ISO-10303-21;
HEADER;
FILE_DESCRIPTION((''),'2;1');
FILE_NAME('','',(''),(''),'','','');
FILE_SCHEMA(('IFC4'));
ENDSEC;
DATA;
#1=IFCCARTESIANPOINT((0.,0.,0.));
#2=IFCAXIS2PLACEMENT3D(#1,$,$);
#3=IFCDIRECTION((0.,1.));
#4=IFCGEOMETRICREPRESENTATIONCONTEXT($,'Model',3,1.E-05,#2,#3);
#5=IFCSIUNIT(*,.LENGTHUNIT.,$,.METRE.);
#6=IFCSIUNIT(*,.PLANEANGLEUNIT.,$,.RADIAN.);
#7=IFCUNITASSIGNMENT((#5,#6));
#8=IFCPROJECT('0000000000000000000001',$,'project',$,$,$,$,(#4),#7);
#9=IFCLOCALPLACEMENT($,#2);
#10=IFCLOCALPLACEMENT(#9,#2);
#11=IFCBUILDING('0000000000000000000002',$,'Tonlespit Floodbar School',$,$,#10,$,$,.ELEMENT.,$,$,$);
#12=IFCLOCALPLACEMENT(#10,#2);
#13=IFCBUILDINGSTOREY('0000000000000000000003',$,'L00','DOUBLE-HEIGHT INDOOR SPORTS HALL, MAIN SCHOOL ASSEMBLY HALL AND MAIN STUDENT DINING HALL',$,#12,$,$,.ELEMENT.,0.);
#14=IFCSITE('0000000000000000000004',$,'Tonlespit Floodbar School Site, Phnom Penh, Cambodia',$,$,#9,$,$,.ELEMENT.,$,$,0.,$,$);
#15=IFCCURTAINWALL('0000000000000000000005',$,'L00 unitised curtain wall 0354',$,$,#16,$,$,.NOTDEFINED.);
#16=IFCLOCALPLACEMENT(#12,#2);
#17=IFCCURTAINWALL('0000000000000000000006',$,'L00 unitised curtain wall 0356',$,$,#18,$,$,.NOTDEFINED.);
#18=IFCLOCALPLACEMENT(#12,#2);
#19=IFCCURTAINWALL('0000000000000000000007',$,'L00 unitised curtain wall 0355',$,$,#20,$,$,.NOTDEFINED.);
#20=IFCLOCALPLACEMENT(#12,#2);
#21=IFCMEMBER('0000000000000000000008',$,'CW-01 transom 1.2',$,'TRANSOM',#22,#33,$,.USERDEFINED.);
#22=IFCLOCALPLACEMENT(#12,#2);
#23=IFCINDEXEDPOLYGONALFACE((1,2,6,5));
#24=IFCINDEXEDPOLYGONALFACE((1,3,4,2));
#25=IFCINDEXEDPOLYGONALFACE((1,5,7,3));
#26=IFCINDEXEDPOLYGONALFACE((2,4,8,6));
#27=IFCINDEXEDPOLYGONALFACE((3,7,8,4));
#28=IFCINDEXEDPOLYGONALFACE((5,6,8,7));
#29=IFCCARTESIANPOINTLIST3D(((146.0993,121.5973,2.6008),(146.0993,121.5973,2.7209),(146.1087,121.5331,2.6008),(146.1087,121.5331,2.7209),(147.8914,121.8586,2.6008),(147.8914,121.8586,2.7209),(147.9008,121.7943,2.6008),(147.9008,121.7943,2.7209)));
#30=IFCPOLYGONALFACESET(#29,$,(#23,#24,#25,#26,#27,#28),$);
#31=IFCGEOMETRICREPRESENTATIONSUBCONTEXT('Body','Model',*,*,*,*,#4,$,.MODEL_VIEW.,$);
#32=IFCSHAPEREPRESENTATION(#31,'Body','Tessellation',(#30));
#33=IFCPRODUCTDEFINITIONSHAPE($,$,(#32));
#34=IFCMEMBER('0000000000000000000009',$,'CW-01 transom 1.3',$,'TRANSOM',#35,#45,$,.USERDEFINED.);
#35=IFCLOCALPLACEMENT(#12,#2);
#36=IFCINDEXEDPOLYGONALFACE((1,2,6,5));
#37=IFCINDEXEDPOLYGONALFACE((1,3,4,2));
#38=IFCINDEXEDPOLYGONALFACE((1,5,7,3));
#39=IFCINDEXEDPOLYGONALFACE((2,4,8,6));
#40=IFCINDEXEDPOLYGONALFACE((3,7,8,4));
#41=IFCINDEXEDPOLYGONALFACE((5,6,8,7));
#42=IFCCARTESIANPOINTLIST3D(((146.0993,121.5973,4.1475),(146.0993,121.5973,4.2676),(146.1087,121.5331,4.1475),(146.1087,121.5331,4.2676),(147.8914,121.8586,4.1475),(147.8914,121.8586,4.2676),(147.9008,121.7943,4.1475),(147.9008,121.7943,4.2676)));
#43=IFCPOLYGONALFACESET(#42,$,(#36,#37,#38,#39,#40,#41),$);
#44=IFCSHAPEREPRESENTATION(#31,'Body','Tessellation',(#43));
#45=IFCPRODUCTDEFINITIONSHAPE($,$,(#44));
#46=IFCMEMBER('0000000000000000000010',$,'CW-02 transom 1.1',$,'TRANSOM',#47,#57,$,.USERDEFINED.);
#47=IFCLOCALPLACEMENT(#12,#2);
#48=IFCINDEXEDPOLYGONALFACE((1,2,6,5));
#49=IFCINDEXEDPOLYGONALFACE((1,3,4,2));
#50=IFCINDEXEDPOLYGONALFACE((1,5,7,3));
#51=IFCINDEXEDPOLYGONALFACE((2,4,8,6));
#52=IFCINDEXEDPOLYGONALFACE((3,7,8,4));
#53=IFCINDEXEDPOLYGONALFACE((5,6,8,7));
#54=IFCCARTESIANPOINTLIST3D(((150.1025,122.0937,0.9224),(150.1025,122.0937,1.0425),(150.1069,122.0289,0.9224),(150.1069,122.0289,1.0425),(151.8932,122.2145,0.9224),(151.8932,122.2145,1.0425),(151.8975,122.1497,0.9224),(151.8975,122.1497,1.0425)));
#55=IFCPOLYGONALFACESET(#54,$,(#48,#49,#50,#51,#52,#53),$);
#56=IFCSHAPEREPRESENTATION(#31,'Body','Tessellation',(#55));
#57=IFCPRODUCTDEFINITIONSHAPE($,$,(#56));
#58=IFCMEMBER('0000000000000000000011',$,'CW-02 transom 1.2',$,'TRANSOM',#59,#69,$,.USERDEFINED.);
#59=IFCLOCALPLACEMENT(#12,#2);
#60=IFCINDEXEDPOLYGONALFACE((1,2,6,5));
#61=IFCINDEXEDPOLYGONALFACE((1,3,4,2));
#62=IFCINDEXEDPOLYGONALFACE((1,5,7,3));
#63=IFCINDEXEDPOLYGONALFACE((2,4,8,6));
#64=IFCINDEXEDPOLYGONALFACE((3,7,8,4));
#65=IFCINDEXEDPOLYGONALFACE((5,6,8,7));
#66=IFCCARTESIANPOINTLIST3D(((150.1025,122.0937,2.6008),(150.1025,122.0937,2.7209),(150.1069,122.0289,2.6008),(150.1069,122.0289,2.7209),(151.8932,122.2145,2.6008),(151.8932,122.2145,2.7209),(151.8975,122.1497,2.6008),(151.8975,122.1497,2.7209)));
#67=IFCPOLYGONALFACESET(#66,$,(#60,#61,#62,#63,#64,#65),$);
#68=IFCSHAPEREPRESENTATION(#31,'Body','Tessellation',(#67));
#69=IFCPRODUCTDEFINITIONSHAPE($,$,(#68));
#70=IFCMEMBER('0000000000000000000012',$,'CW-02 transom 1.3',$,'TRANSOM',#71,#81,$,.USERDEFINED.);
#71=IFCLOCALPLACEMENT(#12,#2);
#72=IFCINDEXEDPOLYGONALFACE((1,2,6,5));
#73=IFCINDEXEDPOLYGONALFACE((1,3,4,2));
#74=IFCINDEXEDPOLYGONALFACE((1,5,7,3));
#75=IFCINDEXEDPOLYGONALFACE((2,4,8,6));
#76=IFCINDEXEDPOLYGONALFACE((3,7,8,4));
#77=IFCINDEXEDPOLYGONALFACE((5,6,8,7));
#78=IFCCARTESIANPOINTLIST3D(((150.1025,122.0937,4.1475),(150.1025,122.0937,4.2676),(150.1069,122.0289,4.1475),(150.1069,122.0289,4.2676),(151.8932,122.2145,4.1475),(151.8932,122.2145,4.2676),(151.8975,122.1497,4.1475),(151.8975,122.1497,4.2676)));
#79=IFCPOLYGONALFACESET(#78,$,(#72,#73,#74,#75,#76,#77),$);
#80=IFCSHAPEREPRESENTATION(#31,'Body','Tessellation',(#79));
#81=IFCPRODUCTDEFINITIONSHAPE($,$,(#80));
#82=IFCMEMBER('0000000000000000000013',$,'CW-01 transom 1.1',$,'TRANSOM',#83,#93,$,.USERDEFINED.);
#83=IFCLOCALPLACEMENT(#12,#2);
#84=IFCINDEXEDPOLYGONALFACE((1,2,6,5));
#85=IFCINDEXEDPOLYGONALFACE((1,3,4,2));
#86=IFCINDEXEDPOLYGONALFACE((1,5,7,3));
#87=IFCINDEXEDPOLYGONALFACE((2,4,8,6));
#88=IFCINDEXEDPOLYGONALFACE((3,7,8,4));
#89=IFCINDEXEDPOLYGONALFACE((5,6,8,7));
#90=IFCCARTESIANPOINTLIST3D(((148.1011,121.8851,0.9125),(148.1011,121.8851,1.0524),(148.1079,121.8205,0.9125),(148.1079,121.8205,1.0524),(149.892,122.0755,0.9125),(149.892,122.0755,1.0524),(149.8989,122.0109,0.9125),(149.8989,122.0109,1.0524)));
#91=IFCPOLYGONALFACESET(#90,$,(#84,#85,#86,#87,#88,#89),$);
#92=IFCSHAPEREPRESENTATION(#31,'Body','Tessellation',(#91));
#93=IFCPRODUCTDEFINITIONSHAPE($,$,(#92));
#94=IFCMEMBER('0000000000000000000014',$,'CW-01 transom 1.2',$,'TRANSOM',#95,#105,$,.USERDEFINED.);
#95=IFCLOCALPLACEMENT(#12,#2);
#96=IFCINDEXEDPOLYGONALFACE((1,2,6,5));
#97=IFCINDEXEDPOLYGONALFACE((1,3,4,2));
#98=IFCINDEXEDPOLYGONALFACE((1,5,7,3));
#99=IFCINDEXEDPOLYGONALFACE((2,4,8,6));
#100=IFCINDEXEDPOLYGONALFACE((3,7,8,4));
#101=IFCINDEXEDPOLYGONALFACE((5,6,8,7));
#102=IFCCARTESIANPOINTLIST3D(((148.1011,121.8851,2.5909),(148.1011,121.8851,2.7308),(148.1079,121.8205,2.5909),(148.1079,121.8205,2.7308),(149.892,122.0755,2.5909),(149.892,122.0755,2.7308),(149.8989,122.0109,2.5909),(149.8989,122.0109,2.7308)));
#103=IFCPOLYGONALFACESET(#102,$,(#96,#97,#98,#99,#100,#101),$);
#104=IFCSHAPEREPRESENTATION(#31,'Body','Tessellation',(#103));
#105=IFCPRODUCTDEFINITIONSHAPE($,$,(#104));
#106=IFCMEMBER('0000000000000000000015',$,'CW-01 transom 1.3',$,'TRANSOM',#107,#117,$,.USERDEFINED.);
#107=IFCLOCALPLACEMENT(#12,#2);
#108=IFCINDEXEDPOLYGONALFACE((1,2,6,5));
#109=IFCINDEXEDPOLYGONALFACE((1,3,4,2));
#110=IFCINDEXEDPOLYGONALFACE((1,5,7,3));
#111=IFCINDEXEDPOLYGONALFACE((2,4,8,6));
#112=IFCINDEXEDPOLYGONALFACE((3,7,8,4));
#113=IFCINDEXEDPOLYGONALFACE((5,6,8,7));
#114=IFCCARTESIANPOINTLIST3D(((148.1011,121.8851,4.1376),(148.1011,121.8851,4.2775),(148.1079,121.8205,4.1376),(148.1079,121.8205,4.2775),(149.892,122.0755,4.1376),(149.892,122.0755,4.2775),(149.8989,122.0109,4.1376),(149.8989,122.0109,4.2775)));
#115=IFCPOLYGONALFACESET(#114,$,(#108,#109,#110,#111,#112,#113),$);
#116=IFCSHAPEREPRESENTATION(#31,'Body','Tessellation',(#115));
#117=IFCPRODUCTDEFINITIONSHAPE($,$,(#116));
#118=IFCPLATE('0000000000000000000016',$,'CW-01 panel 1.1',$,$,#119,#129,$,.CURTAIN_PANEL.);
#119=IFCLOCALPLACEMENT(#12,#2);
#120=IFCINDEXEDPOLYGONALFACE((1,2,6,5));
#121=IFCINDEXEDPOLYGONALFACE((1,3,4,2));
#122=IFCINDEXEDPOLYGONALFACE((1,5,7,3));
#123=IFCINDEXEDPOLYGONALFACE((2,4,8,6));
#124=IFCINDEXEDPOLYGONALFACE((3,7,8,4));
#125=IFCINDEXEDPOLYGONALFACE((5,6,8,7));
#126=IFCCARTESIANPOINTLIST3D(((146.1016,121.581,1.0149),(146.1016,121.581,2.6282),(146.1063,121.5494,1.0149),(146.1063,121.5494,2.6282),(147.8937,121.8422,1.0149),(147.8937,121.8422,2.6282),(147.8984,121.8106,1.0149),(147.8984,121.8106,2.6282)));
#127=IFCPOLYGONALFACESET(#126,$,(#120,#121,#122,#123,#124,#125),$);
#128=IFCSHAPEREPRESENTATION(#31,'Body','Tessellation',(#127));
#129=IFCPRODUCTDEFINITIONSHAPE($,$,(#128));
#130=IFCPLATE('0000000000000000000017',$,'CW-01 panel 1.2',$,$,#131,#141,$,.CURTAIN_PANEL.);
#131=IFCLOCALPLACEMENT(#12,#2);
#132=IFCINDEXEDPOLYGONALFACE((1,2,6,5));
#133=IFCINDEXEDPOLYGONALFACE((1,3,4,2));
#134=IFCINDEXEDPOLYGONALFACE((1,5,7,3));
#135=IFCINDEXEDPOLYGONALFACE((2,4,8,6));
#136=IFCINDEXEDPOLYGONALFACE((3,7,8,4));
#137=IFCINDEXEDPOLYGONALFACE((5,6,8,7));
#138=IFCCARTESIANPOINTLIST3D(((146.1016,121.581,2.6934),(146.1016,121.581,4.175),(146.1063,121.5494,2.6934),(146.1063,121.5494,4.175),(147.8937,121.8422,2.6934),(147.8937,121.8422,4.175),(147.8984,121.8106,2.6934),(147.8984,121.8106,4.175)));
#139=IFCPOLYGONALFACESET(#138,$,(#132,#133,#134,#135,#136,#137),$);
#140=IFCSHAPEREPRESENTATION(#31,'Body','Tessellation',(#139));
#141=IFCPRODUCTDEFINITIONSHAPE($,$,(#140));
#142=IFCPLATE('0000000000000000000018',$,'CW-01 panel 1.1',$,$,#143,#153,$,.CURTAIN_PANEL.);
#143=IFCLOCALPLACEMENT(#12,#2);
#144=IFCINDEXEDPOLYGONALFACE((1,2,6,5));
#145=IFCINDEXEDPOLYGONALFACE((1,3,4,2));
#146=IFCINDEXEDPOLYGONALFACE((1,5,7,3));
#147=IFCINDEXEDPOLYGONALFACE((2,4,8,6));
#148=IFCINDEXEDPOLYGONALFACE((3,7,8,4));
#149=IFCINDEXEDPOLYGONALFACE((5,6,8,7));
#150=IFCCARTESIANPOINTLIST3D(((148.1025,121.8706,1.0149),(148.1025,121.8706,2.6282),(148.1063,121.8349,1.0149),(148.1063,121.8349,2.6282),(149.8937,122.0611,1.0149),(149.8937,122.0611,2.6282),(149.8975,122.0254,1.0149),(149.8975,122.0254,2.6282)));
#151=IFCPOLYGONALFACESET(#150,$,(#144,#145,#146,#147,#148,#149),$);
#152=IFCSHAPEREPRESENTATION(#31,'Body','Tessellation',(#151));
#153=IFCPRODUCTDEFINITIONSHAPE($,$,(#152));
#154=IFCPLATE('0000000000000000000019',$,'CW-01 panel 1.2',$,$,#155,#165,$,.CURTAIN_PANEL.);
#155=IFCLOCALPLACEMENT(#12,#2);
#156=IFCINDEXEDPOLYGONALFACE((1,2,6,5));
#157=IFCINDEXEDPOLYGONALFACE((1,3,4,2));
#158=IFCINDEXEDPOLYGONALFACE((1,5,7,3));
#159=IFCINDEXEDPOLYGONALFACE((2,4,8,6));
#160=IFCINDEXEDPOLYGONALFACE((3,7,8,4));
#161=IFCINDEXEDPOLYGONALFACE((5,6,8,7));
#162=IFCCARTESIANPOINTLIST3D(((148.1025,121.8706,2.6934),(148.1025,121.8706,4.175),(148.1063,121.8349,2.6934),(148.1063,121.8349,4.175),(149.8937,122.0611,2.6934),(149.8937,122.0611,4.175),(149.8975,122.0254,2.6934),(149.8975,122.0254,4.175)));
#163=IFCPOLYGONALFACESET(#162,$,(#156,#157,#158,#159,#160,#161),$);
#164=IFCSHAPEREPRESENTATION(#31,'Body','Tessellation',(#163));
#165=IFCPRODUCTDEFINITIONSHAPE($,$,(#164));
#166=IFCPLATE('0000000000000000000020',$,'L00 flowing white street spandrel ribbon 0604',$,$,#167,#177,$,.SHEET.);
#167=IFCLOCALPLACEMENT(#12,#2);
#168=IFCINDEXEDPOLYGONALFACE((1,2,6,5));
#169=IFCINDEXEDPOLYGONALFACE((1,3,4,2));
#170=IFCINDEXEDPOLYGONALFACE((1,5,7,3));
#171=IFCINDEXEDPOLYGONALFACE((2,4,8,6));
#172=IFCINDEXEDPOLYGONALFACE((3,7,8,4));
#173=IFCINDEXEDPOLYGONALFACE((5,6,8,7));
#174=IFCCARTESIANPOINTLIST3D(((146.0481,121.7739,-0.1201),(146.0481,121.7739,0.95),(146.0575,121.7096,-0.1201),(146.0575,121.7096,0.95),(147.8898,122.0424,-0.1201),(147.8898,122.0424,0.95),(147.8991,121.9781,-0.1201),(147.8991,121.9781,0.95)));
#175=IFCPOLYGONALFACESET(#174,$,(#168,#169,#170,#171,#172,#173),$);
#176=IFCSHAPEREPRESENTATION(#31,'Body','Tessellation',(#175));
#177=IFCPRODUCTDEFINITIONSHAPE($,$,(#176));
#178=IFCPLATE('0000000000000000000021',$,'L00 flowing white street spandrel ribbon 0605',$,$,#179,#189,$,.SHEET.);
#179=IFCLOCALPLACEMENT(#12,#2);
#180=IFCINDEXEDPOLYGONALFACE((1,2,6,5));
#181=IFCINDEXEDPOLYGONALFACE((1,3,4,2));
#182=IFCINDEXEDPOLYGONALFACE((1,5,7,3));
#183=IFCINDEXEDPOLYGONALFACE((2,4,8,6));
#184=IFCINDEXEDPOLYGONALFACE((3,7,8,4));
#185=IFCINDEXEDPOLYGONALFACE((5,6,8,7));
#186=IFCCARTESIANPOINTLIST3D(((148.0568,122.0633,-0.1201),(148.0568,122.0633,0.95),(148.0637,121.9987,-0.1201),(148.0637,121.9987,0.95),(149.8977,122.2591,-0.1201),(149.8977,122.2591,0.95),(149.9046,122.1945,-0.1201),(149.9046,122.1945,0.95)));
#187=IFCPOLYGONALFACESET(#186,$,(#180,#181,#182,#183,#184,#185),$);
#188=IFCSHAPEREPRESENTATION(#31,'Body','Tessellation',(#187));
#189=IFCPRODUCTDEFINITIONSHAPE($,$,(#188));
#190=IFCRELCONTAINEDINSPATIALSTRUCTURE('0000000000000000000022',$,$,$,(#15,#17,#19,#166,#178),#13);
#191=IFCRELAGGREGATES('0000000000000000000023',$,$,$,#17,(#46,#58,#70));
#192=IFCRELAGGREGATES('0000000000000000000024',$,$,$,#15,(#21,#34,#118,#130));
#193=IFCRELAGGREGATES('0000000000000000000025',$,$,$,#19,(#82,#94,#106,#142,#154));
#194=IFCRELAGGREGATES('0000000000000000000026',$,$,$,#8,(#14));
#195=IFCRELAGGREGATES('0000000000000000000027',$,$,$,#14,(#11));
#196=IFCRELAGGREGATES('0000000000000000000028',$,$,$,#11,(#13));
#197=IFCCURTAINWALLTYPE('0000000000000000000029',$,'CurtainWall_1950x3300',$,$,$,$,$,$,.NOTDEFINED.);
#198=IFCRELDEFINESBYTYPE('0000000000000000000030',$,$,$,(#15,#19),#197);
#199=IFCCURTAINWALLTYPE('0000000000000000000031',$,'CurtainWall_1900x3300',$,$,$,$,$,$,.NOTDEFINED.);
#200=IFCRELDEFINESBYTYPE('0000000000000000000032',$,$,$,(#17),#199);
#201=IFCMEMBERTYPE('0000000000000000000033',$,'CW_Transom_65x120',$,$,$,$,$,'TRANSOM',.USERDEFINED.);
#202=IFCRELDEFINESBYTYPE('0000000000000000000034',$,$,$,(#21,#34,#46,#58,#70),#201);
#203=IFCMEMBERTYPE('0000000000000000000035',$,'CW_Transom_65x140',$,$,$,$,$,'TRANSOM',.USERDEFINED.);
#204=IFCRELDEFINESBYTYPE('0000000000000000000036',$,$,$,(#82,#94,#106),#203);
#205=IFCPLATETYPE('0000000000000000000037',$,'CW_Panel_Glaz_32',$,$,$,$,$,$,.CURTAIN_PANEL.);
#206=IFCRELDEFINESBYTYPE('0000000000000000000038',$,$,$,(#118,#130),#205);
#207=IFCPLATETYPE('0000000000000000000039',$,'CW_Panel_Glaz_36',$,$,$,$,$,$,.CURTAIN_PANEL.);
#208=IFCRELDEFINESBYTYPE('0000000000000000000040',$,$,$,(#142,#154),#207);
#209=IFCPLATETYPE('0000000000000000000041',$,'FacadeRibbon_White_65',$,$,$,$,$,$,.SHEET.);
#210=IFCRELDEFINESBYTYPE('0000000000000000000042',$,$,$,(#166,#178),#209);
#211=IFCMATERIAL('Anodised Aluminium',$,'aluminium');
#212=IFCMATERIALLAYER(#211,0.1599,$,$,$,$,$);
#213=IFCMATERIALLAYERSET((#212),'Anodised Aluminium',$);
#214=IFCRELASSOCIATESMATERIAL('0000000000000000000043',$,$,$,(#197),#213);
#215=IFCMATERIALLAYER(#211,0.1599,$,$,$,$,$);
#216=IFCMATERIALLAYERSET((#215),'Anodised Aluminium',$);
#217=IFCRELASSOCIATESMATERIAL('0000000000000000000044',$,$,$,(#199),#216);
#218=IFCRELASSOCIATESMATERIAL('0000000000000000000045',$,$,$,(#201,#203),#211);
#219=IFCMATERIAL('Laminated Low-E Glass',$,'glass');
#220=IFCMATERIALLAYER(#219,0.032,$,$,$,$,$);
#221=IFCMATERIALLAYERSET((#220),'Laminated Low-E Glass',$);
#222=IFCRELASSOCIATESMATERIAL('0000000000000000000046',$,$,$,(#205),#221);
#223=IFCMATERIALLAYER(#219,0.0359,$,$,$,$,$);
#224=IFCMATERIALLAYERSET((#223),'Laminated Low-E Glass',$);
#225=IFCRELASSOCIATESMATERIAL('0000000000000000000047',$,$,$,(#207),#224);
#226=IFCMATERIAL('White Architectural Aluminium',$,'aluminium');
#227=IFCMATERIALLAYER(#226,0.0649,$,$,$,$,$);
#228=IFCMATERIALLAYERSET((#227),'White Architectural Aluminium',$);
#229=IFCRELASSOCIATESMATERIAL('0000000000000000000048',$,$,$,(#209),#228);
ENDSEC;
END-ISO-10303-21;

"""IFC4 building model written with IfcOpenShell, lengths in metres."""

from ifc_helpers import new_model, si_unit, direction, frame, origin, origin_2d, place, context, subcontext, project, spatial, rectangle, extrude, material, layer, layer_set, material_profile, profile_set, type_object, element, aggregate, save


model = new_model("IFC4")

# Units and contexts
model_context = context("Model", 3, precision=1e-05, world=origin(), true_north=direction((0.0, 1.0)))
body_context = subcontext(model_context, "Body", "Model", "MODEL_VIEW")
ifc_project = project(units=[si_unit("LENGTHUNIT", "METRE"), si_unit("PLANEANGLEUNIT", "RADIAN")], contexts=[model_context])

# Site, building, storey
site_placement = place(None, origin())
site = spatial("IfcSite", under=ifc_project, at=site_placement, Name="Tonlespit Floodbar School Site, Phnom Penh, Cambodia", CompositionType="ELEMENT", RefElevation=0.0)
building_placement = place(site_placement, origin())
building = spatial("IfcBuilding", under=site, at=building_placement, Name="Tonlespit Floodbar School", CompositionType="ELEMENT")
storey_placement = place(building_placement, origin())
storey = spatial("IfcBuildingStorey", under=building, at=storey_placement, Name="L00", Description="DOUBLE-HEIGHT INDOOR SPORTS HALL, MAIN SCHOOL ASSEMBLY HALL AND MAIN STUDENT DINING HALL", CompositionType="ELEMENT", Elevation=0.0)

# Curtain wall
ifc_material_1 = material(Name="Anodised Aluminium", Category="aluminium")
ifc_layer_1 = layer(ifc_material_1, 0.1599)
ifc_layer_set_1 = layer_set([ifc_layer_1], Name="Anodised Aluminium")
curtain_wall_type_1 = type_object("IfcCurtainWallType", Name="CurtainWall_1950x3300", PredefinedType="NOTDEFINED", material=ifc_layer_set_1)
curtain_wall_1_placement = place(storey_placement, origin())
curtain_wall_1 = element("IfcCurtainWall", 1, at=curtain_wall_1_placement, inside=storey, type_object=curtain_wall_type_1, Name="L00 unitised curtain wall 0354", PredefinedType="NOTDEFINED")

# Curtain wall
ifc_layer_2 = layer(ifc_material_1, 0.1599)
ifc_layer_set_2 = layer_set([ifc_layer_2], Name="Anodised Aluminium")
curtain_wall_type_2 = type_object("IfcCurtainWallType", Name="CurtainWall_1900x3300", PredefinedType="NOTDEFINED", material=ifc_layer_set_2)
curtain_wall_2_placement = place(storey_placement, origin())
curtain_wall_2 = element("IfcCurtainWall", 2, at=curtain_wall_2_placement, inside=storey, type_object=curtain_wall_type_2, Name="L00 unitised curtain wall 0356", PredefinedType="NOTDEFINED")

# Curtain wall
curtain_wall_3_placement = place(storey_placement, origin())
curtain_wall_3 = element("IfcCurtainWall", 3, at=curtain_wall_3_placement, inside=storey, type_object=curtain_wall_type_1, Name="L00 unitised curtain wall 0355", PredefinedType="NOTDEFINED")

# Members
ifc_material_profile_1 = material_profile(ifc_material_1, rectangle(XDim=0.0649, YDim=0.1201, at=origin_2d()), Name="ALU T65x120")
ifc_profile_set_1 = profile_set([ifc_material_profile_1], Name="Anodised Aluminium")
member_type_1 = type_object("IfcMemberType", Name="CW_Transom_65x120", ElementType="TRANSOM", PredefinedType="USERDEFINED", material=ifc_profile_set_1)
member_1_placement = place(storey_placement, frame((146.104, 121.5652, 2.6609), z_axis=(0.989541, 0.144252, 0.0), x_axis=(-0.144252, 0.989541, 0.0)))
member_1 = element("IfcMember", 4, at=member_1_placement, type_object=member_type_1, Name="CW-01 transom 1.2", ObjectType="TRANSOM", PredefinedType="USERDEFINED", context=body_context, shape_type="SweptSolid", body=[
    extrude(rectangle(XDim=0.0649, YDim=0.1201, at=origin_2d()), origin(), (0.0, 0.0, 1.0), 1.811),
])
member_2_placement = place(storey_placement, frame((146.104, 121.5652, 4.2075), z_axis=(0.989541, 0.144252, 0.0), x_axis=(-0.144252, 0.989541, 0.0)))
member_2 = element("IfcMember", 5, at=member_2_placement, type_object=member_type_1, Name="CW-01 transom 1.3", ObjectType="TRANSOM", PredefinedType="USERDEFINED", context=body_context, shape_type="SweptSolid", body=[
    extrude(rectangle(XDim=0.0649, YDim=0.1201, at=origin_2d()), origin(), (0.0, 0.0, 1.0), 1.811),
])
member_3_placement = place(storey_placement, frame((150.1047, 122.0613, 0.9824), z_axis=(0.99773, 0.067341, 0.0), x_axis=(-0.067341, 0.99773, 0.0)))
member_3 = element("IfcMember", 6, at=member_3_placement, type_object=member_type_1, Name="CW-02 transom 1.1", ObjectType="TRANSOM", PredefinedType="USERDEFINED", context=body_context, shape_type="SweptSolid", body=[
    extrude(rectangle(XDim=0.0649, YDim=0.1201, at=origin_2d()), origin(), (0.0, 0.0, 1.0), 1.7947),
])
member_4_placement = place(storey_placement, frame((150.1047, 122.0613, 2.6609), z_axis=(0.99773, 0.067341, 0.0), x_axis=(-0.067341, 0.99773, 0.0)))
member_4 = element("IfcMember", 7, at=member_4_placement, type_object=member_type_1, Name="CW-02 transom 1.2", ObjectType="TRANSOM", PredefinedType="USERDEFINED", context=body_context, shape_type="SweptSolid", body=[
    extrude(rectangle(XDim=0.0649, YDim=0.1201, at=origin_2d()), origin(), (0.0, 0.0, 1.0), 1.7947),
])
member_5_placement = place(storey_placement, frame((150.1047, 122.0613, 4.2075), z_axis=(0.99773, 0.067341, 0.0), x_axis=(-0.067341, 0.99773, 0.0)))
member_5 = element("IfcMember", 8, at=member_5_placement, type_object=member_type_1, Name="CW-02 transom 1.3", ObjectType="TRANSOM", PredefinedType="USERDEFINED", context=body_context, shape_type="SweptSolid", body=[
    extrude(rectangle(XDim=0.0649, YDim=0.1201, at=origin_2d()), origin(), (0.0, 0.0, 1.0), 1.7947),
])
aggregate(curtain_wall_2, [member_3, member_4, member_5])
ifc_material_profile_2 = material_profile(ifc_material_1, rectangle(XDim=0.0649, YDim=0.1399, at=origin_2d()), Name="ALU T65x140")
ifc_profile_set_2 = profile_set([ifc_material_profile_2], Name="Anodised Aluminium")
member_type_2 = type_object("IfcMemberType", Name="CW_Transom_65x140", ElementType="TRANSOM", PredefinedType="USERDEFINED", material=ifc_profile_set_2)
member_6_placement = place(storey_placement, frame((148.1045, 121.8528, 0.9824), z_axis=(0.994395, 0.105729, 0.0), x_axis=(-0.105729, 0.994395, 0.0)))
member_6 = element("IfcMember", 9, at=member_6_placement, type_object=member_type_2, Name="CW-01 transom 1.1", ObjectType="TRANSOM", PredefinedType="USERDEFINED", context=body_context, shape_type="SweptSolid", body=[
    extrude(rectangle(XDim=0.0649, YDim=0.1399, at=origin_2d()), origin(), (0.0, 0.0, 1.0), 1.801),
])
member_7_placement = place(storey_placement, frame((148.1045, 121.8528, 2.6609), z_axis=(0.994395, 0.105729, 0.0), x_axis=(-0.105729, 0.994395, 0.0)))
member_7 = element("IfcMember", 10, at=member_7_placement, type_object=member_type_2, Name="CW-01 transom 1.2", ObjectType="TRANSOM", PredefinedType="USERDEFINED", context=body_context, shape_type="SweptSolid", body=[
    extrude(rectangle(XDim=0.0649, YDim=0.1399, at=origin_2d()), origin(), (0.0, 0.0, 1.0), 1.801),
])
member_8_placement = place(storey_placement, frame((148.1045, 121.8528, 4.2075), z_axis=(0.994395, 0.105729, 0.0), x_axis=(-0.105729, 0.994395, 0.0)))
member_8 = element("IfcMember", 11, at=member_8_placement, type_object=member_type_2, Name="CW-01 transom 1.3", ObjectType="TRANSOM", PredefinedType="USERDEFINED", context=body_context, shape_type="SweptSolid", body=[
    extrude(rectangle(XDim=0.0649, YDim=0.1399, at=origin_2d()), origin(), (0.0, 0.0, 1.0), 1.801),
])

# Plates
ifc_material_2 = material(Name="Laminated Low-E Glass", Category="glass")
ifc_layer_3 = layer(ifc_material_2, 0.032)
ifc_layer_set_3 = layer_set([ifc_layer_3], Name="Laminated Low-E Glass")
plate_type_1 = type_object("IfcPlateType", Name="CW_Panel_Glaz_32", PredefinedType="CURTAIN_PANEL", material=ifc_layer_set_3)
plate_1_placement = place(storey_placement, frame((147.0, 121.6958, 1.0149), z_axis=(0.0, 0.0, 1.0), x_axis=(0.989542, 0.144248, 0.0)))
plate_1 = element("IfcPlate", 12, at=plate_1_placement, type_object=plate_type_1, Name="CW-01 panel 1.1", PredefinedType="CURTAIN_PANEL", context=body_context, shape_type="SweptSolid", body=[
    extrude(rectangle(XDim=1.811, YDim=0.032, at=origin_2d()), origin(), (0.0, 0.0, 1.0), 1.6133),
])
plate_2_placement = place(storey_placement, frame((147.0, 121.6958, 2.6934), z_axis=(0.0, 0.0, 1.0), x_axis=(0.989542, 0.144248, 0.0)))
plate_2 = element("IfcPlate", 13, at=plate_2_placement, type_object=plate_type_1, Name="CW-01 panel 1.2", PredefinedType="CURTAIN_PANEL", context=body_context, shape_type="SweptSolid", body=[
    extrude(rectangle(XDim=1.811, YDim=0.032, at=origin_2d()), origin(), (0.0, 0.0, 1.0), 1.4817),
])
aggregate(curtain_wall_1, [member_1, member_2, plate_1, plate_2])
ifc_layer_4 = layer(ifc_material_2, 0.0359)
ifc_layer_set_4 = layer_set([ifc_layer_4], Name="Laminated Low-E Glass")
plate_type_2 = type_object("IfcPlateType", Name="CW_Panel_Glaz_36", PredefinedType="CURTAIN_PANEL", material=ifc_layer_set_4)
plate_3_placement = place(storey_placement, frame((149.0, 121.948, 1.0149), z_axis=(0.0, 0.0, 1.0), x_axis=(0.994389, 0.105787, 0.0)))
plate_3 = element("IfcPlate", 14, at=plate_3_placement, type_object=plate_type_2, Name="CW-01 panel 1.1", PredefinedType="CURTAIN_PANEL", context=body_context, shape_type="SweptSolid", body=[
    extrude(rectangle(XDim=1.8013, YDim=0.0359, at=origin_2d()), origin(), (0.0, 0.0, 1.0), 1.6133),
])
plate_4_placement = place(storey_placement, frame((149.0, 121.948, 2.6934), z_axis=(0.0, 0.0, 1.0), x_axis=(0.994389, 0.105787, 0.0)))
plate_4 = element("IfcPlate", 15, at=plate_4_placement, type_object=plate_type_2, Name="CW-01 panel 1.2", PredefinedType="CURTAIN_PANEL", context=body_context, shape_type="SweptSolid", body=[
    extrude(rectangle(XDim=1.8013, YDim=0.0359, at=origin_2d()), origin(), (0.0, 0.0, 1.0), 1.4817),
])
aggregate(curtain_wall_3, [member_6, member_7, member_8, plate_3, plate_4])

# Plates
ifc_material_3 = material(Name="White Architectural Aluminium", Category="aluminium")
ifc_layer_5 = layer(ifc_material_3, 0.0649)
ifc_layer_set_5 = layer_set([ifc_layer_5], Name="White Architectural Aluminium")
plate_type_3 = type_object("IfcPlateType", Name="FacadeRibbon_White_65", PredefinedType="SHEET", material=ifc_layer_set_5)
plate_5_placement = place(storey_placement, frame((146.9736, 121.876, -0.1201), z_axis=(0.0, 0.0, 1.0), x_axis=(0.989538, 0.144275, 0.0)))
element("IfcPlate", 16, at=plate_5_placement, inside=storey, type_object=plate_type_3, Name="L00 flowing white street spandrel ribbon 0604", PredefinedType="SHEET", context=body_context, shape_type="SweptSolid", body=[
    extrude(rectangle(XDim=1.8611, YDim=0.0649, at=origin_2d()), origin(), (0.0, 0.0, 1.0), 1.0701),
])
plate_6_placement = place(storey_placement, frame((148.9807, 122.1289, -0.1201), z_axis=(0.0, 0.0, 1.0), x_axis=(0.994392, 0.105754, 0.0)))
element("IfcPlate", 17, at=plate_6_placement, inside=storey, type_object=plate_type_3, Name="L00 flowing white street spandrel ribbon 0605", PredefinedType="SHEET", context=body_context, shape_type="SweptSolid", body=[
    extrude(rectangle(XDim=1.8513, YDim=0.0649, at=origin_2d()), origin(), (0.0, 0.0, 1.0), 1.0701),
])

save(model, "model.ifc")
